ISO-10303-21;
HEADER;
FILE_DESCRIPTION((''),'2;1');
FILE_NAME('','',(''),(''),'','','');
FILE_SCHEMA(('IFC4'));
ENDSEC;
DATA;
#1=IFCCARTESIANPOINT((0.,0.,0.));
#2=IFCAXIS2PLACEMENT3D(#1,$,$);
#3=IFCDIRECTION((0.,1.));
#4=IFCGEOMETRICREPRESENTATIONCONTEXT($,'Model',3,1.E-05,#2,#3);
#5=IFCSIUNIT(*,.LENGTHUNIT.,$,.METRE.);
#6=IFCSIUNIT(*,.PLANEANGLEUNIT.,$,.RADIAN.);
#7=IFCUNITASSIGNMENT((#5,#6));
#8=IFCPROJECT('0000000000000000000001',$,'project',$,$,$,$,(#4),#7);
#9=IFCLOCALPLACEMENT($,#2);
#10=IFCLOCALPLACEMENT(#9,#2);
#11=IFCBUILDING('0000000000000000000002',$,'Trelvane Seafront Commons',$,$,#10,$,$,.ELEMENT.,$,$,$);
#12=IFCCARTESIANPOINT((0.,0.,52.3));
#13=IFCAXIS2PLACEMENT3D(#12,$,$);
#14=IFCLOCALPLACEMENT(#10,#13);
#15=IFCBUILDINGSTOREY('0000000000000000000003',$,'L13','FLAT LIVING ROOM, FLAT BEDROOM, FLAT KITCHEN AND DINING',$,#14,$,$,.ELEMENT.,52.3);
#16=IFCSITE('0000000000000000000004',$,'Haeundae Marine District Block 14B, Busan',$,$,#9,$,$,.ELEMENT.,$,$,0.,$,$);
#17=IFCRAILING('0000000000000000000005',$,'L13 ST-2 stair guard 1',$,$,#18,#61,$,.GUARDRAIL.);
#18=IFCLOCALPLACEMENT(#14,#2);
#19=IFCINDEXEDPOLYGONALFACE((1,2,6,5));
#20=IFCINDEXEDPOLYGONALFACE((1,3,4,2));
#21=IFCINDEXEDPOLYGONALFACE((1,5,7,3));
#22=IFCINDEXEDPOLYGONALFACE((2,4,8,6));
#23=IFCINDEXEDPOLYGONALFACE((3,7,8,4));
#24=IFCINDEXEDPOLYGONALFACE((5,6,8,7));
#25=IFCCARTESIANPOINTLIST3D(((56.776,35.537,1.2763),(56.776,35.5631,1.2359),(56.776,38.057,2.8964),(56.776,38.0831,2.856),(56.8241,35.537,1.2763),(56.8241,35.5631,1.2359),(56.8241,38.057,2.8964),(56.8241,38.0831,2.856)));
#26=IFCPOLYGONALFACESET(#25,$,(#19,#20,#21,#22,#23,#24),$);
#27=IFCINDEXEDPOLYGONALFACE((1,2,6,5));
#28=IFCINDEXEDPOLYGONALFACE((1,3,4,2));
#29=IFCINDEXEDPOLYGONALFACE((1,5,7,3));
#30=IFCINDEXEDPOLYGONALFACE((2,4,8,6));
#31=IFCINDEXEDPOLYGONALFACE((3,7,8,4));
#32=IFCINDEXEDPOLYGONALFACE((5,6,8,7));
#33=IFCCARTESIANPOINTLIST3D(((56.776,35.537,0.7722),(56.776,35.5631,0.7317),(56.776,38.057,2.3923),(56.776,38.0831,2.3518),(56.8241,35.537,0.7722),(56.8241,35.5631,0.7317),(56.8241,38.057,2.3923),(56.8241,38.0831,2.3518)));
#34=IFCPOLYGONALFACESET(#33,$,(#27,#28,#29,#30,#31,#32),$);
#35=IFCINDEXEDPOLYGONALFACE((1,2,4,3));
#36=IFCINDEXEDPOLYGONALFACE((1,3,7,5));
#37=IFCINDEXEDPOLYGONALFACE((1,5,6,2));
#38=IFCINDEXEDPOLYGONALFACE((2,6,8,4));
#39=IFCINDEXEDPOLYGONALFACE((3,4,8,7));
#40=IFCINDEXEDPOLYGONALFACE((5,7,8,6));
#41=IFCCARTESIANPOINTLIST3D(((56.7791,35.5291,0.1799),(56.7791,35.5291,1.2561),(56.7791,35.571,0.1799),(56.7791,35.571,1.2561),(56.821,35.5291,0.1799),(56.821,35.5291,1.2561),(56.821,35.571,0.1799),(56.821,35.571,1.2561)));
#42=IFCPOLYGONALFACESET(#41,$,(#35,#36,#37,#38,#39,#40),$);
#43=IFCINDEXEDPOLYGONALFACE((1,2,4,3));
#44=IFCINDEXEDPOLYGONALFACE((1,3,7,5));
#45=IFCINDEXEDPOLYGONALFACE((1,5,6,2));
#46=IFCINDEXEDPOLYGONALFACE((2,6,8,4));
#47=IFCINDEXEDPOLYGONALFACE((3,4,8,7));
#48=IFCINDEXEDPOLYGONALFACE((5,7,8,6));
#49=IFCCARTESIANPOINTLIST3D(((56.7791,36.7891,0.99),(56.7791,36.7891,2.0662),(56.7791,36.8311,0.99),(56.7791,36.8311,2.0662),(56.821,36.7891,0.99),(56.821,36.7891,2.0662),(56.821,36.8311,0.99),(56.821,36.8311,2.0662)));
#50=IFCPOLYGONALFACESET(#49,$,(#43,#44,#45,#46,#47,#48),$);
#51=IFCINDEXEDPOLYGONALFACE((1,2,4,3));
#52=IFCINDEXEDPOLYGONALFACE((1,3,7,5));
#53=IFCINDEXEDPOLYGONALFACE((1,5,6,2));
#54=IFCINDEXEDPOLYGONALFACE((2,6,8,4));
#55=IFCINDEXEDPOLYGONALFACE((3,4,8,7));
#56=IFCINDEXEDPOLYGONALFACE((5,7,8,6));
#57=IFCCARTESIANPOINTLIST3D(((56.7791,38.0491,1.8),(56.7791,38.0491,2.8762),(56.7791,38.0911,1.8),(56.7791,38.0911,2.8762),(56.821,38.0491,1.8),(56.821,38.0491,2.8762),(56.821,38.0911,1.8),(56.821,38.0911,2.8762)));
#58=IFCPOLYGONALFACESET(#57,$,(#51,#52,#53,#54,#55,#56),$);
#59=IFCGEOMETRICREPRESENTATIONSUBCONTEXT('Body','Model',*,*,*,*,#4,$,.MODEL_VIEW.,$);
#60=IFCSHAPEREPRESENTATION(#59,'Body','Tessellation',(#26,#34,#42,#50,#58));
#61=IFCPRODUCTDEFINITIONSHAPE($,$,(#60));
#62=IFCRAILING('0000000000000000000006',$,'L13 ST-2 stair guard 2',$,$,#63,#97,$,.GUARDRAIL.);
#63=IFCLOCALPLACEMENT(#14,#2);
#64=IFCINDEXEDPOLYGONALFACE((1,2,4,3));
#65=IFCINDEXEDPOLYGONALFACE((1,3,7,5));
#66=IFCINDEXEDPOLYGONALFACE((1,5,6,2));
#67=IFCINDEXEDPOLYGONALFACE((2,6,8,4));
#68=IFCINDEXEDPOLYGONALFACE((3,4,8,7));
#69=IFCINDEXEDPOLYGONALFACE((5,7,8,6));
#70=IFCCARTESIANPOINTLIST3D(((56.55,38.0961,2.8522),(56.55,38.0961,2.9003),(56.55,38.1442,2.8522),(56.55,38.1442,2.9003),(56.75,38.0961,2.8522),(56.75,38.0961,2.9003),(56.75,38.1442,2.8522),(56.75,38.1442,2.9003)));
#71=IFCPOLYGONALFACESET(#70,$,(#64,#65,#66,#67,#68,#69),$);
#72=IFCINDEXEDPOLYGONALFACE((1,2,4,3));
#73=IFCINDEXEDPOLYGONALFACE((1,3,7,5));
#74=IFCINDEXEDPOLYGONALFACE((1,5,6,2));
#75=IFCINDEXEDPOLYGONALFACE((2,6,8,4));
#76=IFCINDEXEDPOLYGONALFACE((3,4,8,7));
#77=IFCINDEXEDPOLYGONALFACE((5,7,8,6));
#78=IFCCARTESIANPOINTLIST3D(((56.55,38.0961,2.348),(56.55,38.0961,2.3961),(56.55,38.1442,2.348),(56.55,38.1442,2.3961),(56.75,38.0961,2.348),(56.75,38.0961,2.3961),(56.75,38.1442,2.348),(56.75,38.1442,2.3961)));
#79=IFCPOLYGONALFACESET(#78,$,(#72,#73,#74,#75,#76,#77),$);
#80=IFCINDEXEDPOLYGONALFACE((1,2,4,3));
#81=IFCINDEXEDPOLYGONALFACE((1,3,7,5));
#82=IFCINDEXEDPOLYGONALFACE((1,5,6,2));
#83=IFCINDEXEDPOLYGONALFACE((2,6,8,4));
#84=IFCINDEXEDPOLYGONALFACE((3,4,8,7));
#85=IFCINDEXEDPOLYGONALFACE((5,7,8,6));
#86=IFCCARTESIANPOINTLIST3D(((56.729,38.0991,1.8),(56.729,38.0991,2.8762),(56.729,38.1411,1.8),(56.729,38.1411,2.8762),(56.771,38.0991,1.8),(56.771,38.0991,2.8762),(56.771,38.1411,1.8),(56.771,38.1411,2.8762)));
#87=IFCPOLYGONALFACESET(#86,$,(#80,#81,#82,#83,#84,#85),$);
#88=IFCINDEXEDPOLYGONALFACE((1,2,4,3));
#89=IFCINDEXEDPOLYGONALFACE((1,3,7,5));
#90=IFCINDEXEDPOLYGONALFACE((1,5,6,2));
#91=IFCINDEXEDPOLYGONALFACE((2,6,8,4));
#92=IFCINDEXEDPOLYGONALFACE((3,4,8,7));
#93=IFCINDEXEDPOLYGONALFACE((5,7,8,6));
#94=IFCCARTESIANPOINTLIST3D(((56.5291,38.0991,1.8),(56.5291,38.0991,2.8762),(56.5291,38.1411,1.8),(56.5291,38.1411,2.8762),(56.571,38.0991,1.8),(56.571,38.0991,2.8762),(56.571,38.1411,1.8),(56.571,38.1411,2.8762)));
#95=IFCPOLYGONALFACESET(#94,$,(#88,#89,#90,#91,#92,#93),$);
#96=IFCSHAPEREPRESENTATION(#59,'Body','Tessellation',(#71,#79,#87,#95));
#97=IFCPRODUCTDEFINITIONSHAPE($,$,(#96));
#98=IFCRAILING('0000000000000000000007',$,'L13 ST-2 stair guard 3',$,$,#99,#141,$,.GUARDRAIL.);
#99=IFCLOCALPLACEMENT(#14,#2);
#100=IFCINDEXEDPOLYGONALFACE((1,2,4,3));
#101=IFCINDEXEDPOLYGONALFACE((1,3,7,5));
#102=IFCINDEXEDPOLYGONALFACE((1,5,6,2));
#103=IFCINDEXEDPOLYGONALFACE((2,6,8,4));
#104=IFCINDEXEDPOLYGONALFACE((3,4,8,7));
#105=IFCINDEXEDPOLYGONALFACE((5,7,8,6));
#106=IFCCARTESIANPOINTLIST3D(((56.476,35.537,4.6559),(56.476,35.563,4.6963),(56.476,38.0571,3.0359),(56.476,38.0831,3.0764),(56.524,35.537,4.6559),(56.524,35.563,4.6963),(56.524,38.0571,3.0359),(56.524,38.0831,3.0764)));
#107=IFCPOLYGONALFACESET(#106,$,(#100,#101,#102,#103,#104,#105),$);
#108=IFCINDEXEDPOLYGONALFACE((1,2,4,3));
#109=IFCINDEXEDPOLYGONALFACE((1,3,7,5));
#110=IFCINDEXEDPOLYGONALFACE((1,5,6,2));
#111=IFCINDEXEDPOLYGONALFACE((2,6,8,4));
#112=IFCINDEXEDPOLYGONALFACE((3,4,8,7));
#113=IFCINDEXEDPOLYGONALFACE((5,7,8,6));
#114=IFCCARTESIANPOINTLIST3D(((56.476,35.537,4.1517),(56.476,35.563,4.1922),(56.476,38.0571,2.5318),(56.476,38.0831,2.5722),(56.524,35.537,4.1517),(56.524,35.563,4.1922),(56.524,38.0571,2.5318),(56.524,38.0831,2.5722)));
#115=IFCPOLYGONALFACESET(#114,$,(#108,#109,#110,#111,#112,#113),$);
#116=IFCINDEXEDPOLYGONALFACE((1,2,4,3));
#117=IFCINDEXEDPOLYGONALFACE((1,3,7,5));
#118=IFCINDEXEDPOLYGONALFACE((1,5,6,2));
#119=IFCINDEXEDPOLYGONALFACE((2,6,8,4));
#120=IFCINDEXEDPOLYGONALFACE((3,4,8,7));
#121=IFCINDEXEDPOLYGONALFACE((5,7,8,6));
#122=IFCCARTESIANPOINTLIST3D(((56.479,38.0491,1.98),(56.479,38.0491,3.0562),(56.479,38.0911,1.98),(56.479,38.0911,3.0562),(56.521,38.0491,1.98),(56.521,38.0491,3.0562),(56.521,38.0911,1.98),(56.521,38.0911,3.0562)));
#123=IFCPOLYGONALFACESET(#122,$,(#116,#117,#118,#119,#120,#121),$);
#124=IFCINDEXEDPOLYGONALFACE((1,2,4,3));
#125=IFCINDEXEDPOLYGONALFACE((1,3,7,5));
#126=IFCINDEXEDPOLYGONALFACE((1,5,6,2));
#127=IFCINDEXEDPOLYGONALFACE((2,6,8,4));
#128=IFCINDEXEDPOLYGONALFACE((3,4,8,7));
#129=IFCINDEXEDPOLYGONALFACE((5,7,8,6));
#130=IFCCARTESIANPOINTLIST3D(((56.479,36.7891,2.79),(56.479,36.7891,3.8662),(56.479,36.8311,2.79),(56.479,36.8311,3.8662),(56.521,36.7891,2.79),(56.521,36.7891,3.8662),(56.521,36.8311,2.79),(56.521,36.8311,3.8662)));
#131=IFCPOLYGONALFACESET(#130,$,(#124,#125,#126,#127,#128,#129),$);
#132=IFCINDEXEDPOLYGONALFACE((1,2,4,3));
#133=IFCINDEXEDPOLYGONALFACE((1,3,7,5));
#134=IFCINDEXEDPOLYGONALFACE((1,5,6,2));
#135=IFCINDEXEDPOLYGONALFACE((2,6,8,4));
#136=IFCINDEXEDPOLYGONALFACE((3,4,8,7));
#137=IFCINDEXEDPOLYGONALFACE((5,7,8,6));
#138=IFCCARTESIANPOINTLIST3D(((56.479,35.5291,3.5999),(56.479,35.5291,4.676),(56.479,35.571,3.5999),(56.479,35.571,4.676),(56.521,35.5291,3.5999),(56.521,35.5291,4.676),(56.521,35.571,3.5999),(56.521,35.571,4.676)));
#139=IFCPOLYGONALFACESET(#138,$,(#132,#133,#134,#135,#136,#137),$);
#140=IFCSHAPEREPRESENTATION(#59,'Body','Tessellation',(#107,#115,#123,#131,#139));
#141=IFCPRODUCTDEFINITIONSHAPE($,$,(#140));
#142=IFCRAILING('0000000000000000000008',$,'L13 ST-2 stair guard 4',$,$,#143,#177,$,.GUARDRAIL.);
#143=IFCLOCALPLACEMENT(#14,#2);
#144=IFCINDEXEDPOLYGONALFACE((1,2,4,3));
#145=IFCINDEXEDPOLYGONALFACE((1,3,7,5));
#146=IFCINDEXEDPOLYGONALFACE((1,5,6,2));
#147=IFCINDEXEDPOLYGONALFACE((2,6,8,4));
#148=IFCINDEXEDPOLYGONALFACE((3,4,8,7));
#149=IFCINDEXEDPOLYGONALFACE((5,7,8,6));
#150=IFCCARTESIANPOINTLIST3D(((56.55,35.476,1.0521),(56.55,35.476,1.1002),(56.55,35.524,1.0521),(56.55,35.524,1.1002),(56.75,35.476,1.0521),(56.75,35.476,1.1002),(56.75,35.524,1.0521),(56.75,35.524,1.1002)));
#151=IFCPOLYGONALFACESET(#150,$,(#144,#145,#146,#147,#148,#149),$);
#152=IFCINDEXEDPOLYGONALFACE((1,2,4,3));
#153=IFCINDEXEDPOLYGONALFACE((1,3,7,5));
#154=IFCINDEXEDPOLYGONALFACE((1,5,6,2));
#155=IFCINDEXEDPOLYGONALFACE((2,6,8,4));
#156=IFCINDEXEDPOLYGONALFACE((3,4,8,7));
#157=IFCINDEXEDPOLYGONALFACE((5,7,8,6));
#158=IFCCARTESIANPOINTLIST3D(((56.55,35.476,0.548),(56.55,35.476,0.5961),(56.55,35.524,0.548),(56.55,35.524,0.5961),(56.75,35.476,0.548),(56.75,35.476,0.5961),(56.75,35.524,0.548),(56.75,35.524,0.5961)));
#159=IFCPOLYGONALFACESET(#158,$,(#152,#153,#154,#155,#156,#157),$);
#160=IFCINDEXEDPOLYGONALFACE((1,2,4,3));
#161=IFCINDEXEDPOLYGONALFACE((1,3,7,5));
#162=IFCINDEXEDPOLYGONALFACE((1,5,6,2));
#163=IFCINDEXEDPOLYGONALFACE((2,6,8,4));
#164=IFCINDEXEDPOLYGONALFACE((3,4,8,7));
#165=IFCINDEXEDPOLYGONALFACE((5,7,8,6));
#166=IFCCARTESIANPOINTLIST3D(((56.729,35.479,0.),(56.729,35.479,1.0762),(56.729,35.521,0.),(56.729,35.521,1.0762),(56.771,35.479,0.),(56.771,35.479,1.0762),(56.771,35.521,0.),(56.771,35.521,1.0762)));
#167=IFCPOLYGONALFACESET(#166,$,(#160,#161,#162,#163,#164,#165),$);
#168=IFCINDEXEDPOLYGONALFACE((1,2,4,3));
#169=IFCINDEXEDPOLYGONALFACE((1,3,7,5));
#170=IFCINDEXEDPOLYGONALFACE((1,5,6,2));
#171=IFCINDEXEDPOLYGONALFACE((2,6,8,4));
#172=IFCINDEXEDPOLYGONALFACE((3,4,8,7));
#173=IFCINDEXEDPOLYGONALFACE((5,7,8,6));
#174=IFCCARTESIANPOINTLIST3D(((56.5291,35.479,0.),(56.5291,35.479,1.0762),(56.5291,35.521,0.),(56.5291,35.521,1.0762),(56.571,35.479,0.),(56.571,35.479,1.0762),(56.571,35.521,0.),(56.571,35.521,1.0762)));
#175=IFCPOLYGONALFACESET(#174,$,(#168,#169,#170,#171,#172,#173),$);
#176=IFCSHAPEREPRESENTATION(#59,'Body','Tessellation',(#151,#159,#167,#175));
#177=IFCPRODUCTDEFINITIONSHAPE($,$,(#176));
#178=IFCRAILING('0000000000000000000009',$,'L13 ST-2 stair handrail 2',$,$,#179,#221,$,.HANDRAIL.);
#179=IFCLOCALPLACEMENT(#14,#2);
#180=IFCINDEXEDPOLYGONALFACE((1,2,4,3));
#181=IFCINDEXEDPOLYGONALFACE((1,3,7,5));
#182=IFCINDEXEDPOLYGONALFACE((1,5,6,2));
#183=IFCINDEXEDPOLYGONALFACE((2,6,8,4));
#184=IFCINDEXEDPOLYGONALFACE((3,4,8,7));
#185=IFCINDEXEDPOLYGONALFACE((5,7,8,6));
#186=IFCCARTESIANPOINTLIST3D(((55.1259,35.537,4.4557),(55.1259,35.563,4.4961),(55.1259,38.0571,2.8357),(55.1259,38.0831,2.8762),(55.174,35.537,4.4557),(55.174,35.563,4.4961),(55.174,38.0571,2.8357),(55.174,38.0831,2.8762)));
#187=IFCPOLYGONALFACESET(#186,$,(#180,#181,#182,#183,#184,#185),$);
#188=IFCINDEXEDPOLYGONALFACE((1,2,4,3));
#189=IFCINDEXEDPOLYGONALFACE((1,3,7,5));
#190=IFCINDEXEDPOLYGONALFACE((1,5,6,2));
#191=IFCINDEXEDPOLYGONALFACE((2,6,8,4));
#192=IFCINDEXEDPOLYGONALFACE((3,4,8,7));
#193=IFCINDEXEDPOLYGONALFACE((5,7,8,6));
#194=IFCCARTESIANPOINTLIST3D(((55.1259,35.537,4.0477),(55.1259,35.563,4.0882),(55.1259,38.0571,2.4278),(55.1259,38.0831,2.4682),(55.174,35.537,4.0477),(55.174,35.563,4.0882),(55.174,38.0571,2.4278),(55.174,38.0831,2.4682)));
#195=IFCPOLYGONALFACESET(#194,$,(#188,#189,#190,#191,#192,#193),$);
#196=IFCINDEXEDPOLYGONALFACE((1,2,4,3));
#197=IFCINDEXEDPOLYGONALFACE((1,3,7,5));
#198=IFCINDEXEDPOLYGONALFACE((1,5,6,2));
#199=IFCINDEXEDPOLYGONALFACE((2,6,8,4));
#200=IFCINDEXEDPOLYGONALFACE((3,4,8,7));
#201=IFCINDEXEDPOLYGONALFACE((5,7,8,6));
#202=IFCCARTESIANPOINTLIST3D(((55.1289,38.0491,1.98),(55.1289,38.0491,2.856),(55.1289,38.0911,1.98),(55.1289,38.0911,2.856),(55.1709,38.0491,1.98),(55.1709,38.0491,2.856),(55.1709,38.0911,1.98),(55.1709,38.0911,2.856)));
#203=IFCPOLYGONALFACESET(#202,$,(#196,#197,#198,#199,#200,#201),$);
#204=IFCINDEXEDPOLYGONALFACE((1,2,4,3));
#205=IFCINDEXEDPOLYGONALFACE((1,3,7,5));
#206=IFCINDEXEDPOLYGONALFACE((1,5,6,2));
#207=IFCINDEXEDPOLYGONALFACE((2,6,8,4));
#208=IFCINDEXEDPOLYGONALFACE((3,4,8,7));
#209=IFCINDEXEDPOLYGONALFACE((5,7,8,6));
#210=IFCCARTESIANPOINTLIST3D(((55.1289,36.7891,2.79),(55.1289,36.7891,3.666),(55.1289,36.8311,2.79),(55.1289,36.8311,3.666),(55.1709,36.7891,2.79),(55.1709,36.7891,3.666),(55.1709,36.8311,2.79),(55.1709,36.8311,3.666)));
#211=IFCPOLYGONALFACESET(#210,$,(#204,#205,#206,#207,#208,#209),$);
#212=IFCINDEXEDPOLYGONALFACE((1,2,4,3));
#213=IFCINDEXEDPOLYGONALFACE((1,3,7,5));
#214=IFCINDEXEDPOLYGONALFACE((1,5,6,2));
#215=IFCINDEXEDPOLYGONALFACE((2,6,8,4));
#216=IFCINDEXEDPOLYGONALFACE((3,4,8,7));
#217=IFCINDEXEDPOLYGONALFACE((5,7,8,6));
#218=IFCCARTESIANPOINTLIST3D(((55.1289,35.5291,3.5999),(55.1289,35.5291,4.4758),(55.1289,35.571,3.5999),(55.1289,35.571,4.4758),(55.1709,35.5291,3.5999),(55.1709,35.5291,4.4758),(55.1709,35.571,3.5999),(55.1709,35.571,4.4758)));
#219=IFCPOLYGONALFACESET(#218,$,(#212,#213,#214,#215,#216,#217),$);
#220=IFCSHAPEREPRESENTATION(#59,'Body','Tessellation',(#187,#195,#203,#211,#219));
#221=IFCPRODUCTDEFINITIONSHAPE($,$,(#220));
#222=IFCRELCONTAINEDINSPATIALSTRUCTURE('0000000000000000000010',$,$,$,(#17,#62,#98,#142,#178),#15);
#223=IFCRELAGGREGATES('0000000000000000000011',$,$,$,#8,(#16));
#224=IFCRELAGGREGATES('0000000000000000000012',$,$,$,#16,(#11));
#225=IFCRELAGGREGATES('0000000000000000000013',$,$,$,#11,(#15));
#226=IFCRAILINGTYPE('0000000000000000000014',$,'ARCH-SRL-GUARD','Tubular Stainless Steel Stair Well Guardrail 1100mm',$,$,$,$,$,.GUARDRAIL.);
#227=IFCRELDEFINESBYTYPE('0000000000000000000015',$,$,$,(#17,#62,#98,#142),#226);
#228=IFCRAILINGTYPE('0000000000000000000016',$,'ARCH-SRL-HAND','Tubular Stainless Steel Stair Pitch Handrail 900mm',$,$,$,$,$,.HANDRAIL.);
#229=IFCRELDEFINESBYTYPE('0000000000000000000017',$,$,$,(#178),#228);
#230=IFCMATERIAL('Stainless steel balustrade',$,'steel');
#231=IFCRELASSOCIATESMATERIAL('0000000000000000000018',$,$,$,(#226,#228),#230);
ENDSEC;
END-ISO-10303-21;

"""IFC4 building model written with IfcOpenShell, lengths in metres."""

from ifc_helpers import new_model, si_unit, direction, frame, origin, origin_2d, place, context, subcontext, project, spatial, rectangle, extrude, material, type_object, element, save


model = new_model("IFC4")

# Units and contexts
model_context = context("Model", 3, precision=1e-05, world=origin(), true_north=direction((0.0, 1.0)))
body_context = subcontext(model_context, "Body", "Model", "MODEL_VIEW")
ifc_project = project(units=[si_unit("LENGTHUNIT", "METRE"), si_unit("PLANEANGLEUNIT", "RADIAN")], contexts=[model_context])

# Site, building, storey
site_placement = place(None, origin())
site = spatial("IfcSite", under=ifc_project, at=site_placement, Name="Haeundae Marine District Block 14B, Busan", CompositionType="ELEMENT", RefElevation=0.0)
building_placement = place(site_placement, origin())
building = spatial("IfcBuilding", under=site, at=building_placement, Name="Trelvane Seafront Commons", CompositionType="ELEMENT")
storey_placement = place(building_placement, frame((0.0, 0.0, 52.3)))
storey = spatial("IfcBuildingStorey", under=building, at=storey_placement, Name="L13", Description="FLAT LIVING ROOM, FLAT BEDROOM, FLAT KITCHEN AND DINING", CompositionType="ELEMENT", Elevation=52.3)

# Railings
ifc_material_1 = material(Name="Stainless steel balustrade", Category="steel")
railing_type_1 = type_object("IfcRailingType", Name="ARCH-SRL-GUARD", Description="Tubular Stainless Steel Stair Well Guardrail 1100mm", PredefinedType="GUARDRAIL", material=ifc_material_1)
railing_1_placement = place(storey_placement, frame((56.8, 35.55, 0.1799)))
element("IfcRailing", 1, at=railing_1_placement, inside=storey, type_object=railing_type_1, Name="L13 ST-2 stair guard 1", PredefinedType="GUARDRAIL", context=body_context, shape_type="SweptSolid", body=[
    extrude(rectangle(XDim=0.0481, YDim=0.0481, at=origin_2d()), frame((0.0, 0.0, 1.0762), z_axis=(0.0, 0.841163, 0.540782), x_axis=(-1.0, 0.0, 0.0)), (0.0, 0.0, 1.0), 2.9958),
    extrude(rectangle(XDim=0.0481, YDim=0.0481, at=origin_2d()), frame((0.0, 0.0, 0.572), z_axis=(0.0, 0.841163, 0.540782), x_axis=(-1.0, 0.0, 0.0)), (0.0, 0.0, 1.0), 2.9958),
    extrude(rectangle(XDim=0.042, YDim=0.042, at=origin_2d()), origin(), (0.0, 0.0, 1.0), 1.0762),
    extrude(rectangle(XDim=0.042, YDim=0.042, at=origin_2d()), frame((0.0, 1.26, 0.8101)), (0.0, 0.0, 1.0), 1.0762),
    extrude(rectangle(XDim=0.042, YDim=0.042, at=origin_2d()), frame((0.0, 2.52, 1.6201)), (0.0, 0.0, 1.0), 1.0762),
])
railing_2_placement = place(storey_placement, frame((56.75, 38.1201, 1.8)))
element("IfcRailing", 2, at=railing_2_placement, inside=storey, type_object=railing_type_1, Name="L13 ST-2 stair guard 2", PredefinedType="GUARDRAIL", context=body_context, shape_type="SweptSolid", body=[
    extrude(rectangle(XDim=0.0481, YDim=0.0481, at=origin_2d()), frame((0.0, 0.0, 1.0762), z_axis=(-1.0, 0.0, 0.0), x_axis=(0.0, -1.0, 0.0)), (0.0, 0.0, 1.0), 0.2),
    extrude(rectangle(XDim=0.0481, YDim=0.0481, at=origin_2d()), frame((0.0, 0.0, 0.572), z_axis=(-1.0, 0.0, 0.0), x_axis=(0.0, -1.0, 0.0)), (0.0, 0.0, 1.0), 0.2),
    extrude(rectangle(XDim=0.042, YDim=0.042, at=origin_2d()), origin(), (0.0, 0.0, 1.0), 1.0762),
    extrude(rectangle(XDim=0.042, YDim=0.042, at=origin_2d()), frame((-0.2, 0.0, 0.0)), (0.0, 0.0, 1.0), 1.0762),
])
railing_3_placement = place(storey_placement, frame((56.5, 38.0701, 1.98)))
element("IfcRailing", 3, at=railing_3_placement, inside=storey, type_object=railing_type_1, Name="L13 ST-2 stair guard 3", PredefinedType="GUARDRAIL", context=body_context, shape_type="SweptSolid", body=[
    extrude(rectangle(XDim=0.0481, YDim=0.0481, at=origin_2d()), frame((0.0, 0.0, 1.0762), z_axis=(0.0, -0.8412, 0.540725), x_axis=(1.0, 0.0, 0.0)), (0.0, 0.0, 1.0), 2.9958),
    extrude(rectangle(XDim=0.0481, YDim=0.0481, at=origin_2d()), frame((0.0, 0.0, 0.572), z_axis=(0.0, -0.8412, 0.540725), x_axis=(1.0, 0.0, 0.0)), (0.0, 0.0, 1.0), 2.9958),
    extrude(rectangle(XDim=0.042, YDim=0.042, at=origin_2d()), origin(), (0.0, 0.0, 1.0), 1.0762),
    extrude(rectangle(XDim=0.042, YDim=0.042, at=origin_2d()), frame((0.0, -1.26, 0.8101)), (0.0, 0.0, 1.0), 1.0762),
    extrude(rectangle(XDim=0.042, YDim=0.042, at=origin_2d()), frame((0.0, -2.52, 1.6199)), (0.0, 0.0, 1.0), 1.0762),
])
railing_4_placement = place(storey_placement, frame((56.75, 35.5, 0.0)))
element("IfcRailing", 4, at=railing_4_placement, inside=storey, type_object=railing_type_1, Name="L13 ST-2 stair guard 4", PredefinedType="GUARDRAIL", context=body_context, shape_type="SweptSolid", body=[
    extrude(rectangle(XDim=0.0481, YDim=0.0481, at=origin_2d()), frame((0.0, 0.0, 1.0762), z_axis=(-1.0, 0.0, 0.0), x_axis=(0.0, -1.0, 0.0)), (0.0, 0.0, 1.0), 0.2),
    extrude(rectangle(XDim=0.0481, YDim=0.0481, at=origin_2d()), frame((0.0, 0.0, 0.572), z_axis=(-1.0, 0.0, 0.0), x_axis=(0.0, -1.0, 0.0)), (0.0, 0.0, 1.0), 0.2),
    extrude(rectangle(XDim=0.042, YDim=0.042, at=origin_2d()), origin(), (0.0, 0.0, 1.0), 1.0762),
    extrude(rectangle(XDim=0.042, YDim=0.042, at=origin_2d()), frame((-0.2, 0.0, 0.0)), (0.0, 0.0, 1.0), 1.0762),
])
railing_type_2 = type_object("IfcRailingType", Name="ARCH-SRL-HAND", Description="Tubular Stainless Steel Stair Pitch Handrail 900mm", PredefinedType="HANDRAIL", material=ifc_material_1)
railing_5_placement = place(storey_placement, frame((55.1499, 38.0701, 1.98)))
element("IfcRailing", 5, at=railing_5_placement, inside=storey, type_object=railing_type_2, Name="L13 ST-2 stair handrail 2", PredefinedType="HANDRAIL", context=body_context, shape_type="SweptSolid", body=[
    extrude(rectangle(XDim=0.0481, YDim=0.0481, at=origin_2d()), frame((0.0, 0.0, 0.876), z_axis=(0.0, -0.8412, 0.540725), x_axis=(1.0, 0.0, 0.0)), (0.0, 0.0, 1.0), 2.9958),
    extrude(rectangle(XDim=0.0481, YDim=0.0481, at=origin_2d()), frame((0.0, 0.0, 0.468), z_axis=(0.0, -0.8412, 0.540725), x_axis=(1.0, 0.0, 0.0)), (0.0, 0.0, 1.0), 2.9958),
    extrude(rectangle(XDim=0.042, YDim=0.042, at=origin_2d()), origin(), (0.0, 0.0, 1.0), 0.876),
    extrude(rectangle(XDim=0.042, YDim=0.042, at=origin_2d()), frame((0.0, -1.26, 0.8101)), (0.0, 0.0, 1.0), 0.876),
    extrude(rectangle(XDim=0.042, YDim=0.042, at=origin_2d()), frame((0.0, -2.52, 1.6199)), (0.0, 0.0, 1.0), 0.876),
])

save(model, "model.ifc")
